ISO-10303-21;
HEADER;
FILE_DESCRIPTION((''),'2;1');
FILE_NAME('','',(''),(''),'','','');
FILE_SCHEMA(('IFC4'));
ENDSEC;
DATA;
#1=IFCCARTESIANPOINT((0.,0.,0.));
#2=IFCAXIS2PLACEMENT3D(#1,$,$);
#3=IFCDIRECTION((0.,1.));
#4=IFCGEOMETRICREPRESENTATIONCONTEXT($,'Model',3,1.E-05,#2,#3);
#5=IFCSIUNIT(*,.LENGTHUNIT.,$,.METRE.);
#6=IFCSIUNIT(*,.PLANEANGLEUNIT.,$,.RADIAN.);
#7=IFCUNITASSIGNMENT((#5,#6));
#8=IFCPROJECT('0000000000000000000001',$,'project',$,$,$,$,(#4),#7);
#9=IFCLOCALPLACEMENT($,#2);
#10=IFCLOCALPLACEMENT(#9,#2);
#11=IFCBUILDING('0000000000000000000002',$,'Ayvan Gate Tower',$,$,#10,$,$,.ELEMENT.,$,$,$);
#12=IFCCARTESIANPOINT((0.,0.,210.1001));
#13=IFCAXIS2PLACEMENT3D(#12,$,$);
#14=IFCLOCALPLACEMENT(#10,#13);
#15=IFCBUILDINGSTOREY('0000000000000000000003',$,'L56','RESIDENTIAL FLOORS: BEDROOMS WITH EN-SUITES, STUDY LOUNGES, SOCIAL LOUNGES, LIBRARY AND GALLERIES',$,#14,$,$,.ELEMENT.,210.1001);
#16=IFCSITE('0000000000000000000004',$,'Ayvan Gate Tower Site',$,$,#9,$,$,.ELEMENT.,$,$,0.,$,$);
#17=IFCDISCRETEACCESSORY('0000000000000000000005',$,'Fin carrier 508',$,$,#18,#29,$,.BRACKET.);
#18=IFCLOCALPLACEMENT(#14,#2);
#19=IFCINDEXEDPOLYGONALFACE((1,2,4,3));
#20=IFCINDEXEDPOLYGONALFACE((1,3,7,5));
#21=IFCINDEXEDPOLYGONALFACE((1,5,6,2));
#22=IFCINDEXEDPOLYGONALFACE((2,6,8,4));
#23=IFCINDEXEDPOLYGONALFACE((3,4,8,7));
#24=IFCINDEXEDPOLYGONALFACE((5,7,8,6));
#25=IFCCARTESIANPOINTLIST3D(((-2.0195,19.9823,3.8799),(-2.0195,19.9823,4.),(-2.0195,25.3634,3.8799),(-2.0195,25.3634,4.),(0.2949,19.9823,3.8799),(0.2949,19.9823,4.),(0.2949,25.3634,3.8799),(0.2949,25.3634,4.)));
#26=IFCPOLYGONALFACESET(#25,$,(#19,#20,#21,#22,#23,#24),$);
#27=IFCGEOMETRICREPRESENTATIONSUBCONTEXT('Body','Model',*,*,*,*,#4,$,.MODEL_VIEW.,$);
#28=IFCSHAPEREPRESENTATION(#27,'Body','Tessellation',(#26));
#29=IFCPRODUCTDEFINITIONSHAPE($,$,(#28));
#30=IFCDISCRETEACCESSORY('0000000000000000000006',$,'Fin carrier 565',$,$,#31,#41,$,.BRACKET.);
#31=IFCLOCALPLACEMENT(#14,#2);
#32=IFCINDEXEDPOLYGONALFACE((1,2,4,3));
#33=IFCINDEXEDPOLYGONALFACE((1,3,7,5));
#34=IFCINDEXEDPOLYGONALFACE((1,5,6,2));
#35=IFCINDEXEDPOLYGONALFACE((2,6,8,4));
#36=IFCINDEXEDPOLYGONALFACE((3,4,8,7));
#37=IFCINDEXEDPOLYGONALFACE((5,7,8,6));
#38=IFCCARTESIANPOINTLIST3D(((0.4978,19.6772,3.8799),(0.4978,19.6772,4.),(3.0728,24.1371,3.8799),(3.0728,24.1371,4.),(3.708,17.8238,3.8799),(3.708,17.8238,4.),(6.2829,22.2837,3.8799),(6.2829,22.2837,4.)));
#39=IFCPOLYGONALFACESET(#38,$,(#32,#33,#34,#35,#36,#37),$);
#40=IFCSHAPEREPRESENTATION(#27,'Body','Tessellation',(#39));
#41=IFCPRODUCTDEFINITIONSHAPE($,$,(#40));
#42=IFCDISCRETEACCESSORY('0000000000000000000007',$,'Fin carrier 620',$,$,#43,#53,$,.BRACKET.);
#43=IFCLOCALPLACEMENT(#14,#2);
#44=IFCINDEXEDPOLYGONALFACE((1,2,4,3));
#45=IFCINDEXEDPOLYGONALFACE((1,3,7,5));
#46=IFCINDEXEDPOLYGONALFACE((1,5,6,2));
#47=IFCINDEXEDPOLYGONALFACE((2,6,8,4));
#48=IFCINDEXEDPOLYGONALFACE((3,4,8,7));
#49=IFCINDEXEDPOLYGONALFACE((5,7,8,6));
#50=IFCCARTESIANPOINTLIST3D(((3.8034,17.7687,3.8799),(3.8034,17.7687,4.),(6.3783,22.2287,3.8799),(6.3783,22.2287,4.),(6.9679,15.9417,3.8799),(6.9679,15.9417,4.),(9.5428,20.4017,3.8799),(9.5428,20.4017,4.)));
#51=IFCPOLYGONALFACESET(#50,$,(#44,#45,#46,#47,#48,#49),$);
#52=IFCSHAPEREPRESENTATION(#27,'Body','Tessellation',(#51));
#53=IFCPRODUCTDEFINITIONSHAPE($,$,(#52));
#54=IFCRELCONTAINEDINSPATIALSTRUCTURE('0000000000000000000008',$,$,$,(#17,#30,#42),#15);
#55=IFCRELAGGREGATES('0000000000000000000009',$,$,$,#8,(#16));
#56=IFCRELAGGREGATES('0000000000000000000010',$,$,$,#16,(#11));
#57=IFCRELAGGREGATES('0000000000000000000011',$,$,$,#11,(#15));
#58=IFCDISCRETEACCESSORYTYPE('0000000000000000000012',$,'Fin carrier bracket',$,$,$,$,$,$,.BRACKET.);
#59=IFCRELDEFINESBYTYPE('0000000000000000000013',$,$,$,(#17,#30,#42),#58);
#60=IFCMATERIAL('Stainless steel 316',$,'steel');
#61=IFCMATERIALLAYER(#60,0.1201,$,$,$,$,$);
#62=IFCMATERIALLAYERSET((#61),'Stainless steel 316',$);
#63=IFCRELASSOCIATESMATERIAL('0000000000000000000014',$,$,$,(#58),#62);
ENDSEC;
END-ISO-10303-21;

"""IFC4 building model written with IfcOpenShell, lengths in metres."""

from ifc_helpers import new_model, si_unit, direction, frame, origin, origin_2d, place, context, subcontext, project, spatial, rectangle, extrude, material, layer, layer_set, type_object, element, save


model = new_model("IFC4")

# Units and contexts
model_context = context("Model", 3, precision=1e-05, world=origin(), true_north=direction((0.0, 1.0)))
body_context = subcontext(model_context, "Body", "Model", "MODEL_VIEW")
ifc_project = project(units=[si_unit("LENGTHUNIT", "METRE"), si_unit("PLANEANGLEUNIT", "RADIAN")], contexts=[model_context])

# Site, building, storey
site_placement = place(None, origin())
site = spatial("IfcSite", under=ifc_project, at=site_placement, Name="Ayvan Gate Tower Site", CompositionType="ELEMENT", RefElevation=0.0)
building_placement = place(site_placement, origin())
building = spatial("IfcBuilding", under=site, at=building_placement, Name="Ayvan Gate Tower", CompositionType="ELEMENT")
storey_placement = place(building_placement, frame((0.0, 0.0, 210.1001)))
storey = spatial("IfcBuildingStorey", under=building, at=storey_placement, Name="L56", Description="RESIDENTIAL FLOORS: BEDROOMS WITH EN-SUITES, STUDY LOUNGES, SOCIAL LOUNGES, LIBRARY AND GALLERIES", CompositionType="ELEMENT", Elevation=210.1001)

# Discrete accessories
ifc_material_1 = material(Name="Stainless steel 316", Category="steel")
ifc_layer_1 = layer(ifc_material_1, 0.1201)
ifc_layer_set_1 = layer_set([ifc_layer_1], Name="Stainless steel 316")
discrete_accessory_type = type_object("IfcDiscreteAccessoryType", Name="Fin carrier bracket", PredefinedType="BRACKET", material=ifc_layer_set_1)
discrete_accessory_1_placement = place(storey_placement, frame((-0.8623, 22.6729, 3.8799), z_axis=(0.0, 0.0, 1.0), x_axis=(-1.0, 0.0, 0.0)))
element("IfcDiscreteAccessory", 1, at=discrete_accessory_1_placement, inside=storey, type_object=discrete_accessory_type, Name="Fin carrier 508", PredefinedType="BRACKET", context=body_context, shape_type="SweptSolid", body=[
    extrude(rectangle(XDim=2.3145, YDim=5.3811, at=origin_2d()), origin(), (0.0, 0.0, 1.0), 0.1201),
])
discrete_accessory_2_placement = place(storey_placement, frame((3.3904, 20.9805, 3.8799), z_axis=(0.0, 0.0, 1.0), x_axis=(-0.866025, 0.5, 0.0)))
element("IfcDiscreteAccessory", 2, at=discrete_accessory_2_placement, inside=storey, type_object=discrete_accessory_type, Name="Fin carrier 565", PredefinedType="BRACKET", context=body_context, shape_type="SweptSolid", body=[
    extrude(rectangle(XDim=3.7068, YDim=5.1499, at=origin_2d()), origin(), (0.0, 0.0, 1.0), 0.1201),
])
discrete_accessory_3_placement = place(storey_placement, frame((6.6731, 19.0852, 3.8799), z_axis=(0.0, 0.0, 1.0), x_axis=(-0.866025, 0.5, 0.0)))
element("IfcDiscreteAccessory", 3, at=discrete_accessory_3_placement, inside=storey, type_object=discrete_accessory_type, Name="Fin carrier 620", PredefinedType="BRACKET", context=body_context, shape_type="SweptSolid", body=[
    extrude(rectangle(XDim=3.6541, YDim=5.1499, at=origin_2d()), origin(), (0.0, 0.0, 1.0), 0.1201),
])

save(model, "model.ifc")
